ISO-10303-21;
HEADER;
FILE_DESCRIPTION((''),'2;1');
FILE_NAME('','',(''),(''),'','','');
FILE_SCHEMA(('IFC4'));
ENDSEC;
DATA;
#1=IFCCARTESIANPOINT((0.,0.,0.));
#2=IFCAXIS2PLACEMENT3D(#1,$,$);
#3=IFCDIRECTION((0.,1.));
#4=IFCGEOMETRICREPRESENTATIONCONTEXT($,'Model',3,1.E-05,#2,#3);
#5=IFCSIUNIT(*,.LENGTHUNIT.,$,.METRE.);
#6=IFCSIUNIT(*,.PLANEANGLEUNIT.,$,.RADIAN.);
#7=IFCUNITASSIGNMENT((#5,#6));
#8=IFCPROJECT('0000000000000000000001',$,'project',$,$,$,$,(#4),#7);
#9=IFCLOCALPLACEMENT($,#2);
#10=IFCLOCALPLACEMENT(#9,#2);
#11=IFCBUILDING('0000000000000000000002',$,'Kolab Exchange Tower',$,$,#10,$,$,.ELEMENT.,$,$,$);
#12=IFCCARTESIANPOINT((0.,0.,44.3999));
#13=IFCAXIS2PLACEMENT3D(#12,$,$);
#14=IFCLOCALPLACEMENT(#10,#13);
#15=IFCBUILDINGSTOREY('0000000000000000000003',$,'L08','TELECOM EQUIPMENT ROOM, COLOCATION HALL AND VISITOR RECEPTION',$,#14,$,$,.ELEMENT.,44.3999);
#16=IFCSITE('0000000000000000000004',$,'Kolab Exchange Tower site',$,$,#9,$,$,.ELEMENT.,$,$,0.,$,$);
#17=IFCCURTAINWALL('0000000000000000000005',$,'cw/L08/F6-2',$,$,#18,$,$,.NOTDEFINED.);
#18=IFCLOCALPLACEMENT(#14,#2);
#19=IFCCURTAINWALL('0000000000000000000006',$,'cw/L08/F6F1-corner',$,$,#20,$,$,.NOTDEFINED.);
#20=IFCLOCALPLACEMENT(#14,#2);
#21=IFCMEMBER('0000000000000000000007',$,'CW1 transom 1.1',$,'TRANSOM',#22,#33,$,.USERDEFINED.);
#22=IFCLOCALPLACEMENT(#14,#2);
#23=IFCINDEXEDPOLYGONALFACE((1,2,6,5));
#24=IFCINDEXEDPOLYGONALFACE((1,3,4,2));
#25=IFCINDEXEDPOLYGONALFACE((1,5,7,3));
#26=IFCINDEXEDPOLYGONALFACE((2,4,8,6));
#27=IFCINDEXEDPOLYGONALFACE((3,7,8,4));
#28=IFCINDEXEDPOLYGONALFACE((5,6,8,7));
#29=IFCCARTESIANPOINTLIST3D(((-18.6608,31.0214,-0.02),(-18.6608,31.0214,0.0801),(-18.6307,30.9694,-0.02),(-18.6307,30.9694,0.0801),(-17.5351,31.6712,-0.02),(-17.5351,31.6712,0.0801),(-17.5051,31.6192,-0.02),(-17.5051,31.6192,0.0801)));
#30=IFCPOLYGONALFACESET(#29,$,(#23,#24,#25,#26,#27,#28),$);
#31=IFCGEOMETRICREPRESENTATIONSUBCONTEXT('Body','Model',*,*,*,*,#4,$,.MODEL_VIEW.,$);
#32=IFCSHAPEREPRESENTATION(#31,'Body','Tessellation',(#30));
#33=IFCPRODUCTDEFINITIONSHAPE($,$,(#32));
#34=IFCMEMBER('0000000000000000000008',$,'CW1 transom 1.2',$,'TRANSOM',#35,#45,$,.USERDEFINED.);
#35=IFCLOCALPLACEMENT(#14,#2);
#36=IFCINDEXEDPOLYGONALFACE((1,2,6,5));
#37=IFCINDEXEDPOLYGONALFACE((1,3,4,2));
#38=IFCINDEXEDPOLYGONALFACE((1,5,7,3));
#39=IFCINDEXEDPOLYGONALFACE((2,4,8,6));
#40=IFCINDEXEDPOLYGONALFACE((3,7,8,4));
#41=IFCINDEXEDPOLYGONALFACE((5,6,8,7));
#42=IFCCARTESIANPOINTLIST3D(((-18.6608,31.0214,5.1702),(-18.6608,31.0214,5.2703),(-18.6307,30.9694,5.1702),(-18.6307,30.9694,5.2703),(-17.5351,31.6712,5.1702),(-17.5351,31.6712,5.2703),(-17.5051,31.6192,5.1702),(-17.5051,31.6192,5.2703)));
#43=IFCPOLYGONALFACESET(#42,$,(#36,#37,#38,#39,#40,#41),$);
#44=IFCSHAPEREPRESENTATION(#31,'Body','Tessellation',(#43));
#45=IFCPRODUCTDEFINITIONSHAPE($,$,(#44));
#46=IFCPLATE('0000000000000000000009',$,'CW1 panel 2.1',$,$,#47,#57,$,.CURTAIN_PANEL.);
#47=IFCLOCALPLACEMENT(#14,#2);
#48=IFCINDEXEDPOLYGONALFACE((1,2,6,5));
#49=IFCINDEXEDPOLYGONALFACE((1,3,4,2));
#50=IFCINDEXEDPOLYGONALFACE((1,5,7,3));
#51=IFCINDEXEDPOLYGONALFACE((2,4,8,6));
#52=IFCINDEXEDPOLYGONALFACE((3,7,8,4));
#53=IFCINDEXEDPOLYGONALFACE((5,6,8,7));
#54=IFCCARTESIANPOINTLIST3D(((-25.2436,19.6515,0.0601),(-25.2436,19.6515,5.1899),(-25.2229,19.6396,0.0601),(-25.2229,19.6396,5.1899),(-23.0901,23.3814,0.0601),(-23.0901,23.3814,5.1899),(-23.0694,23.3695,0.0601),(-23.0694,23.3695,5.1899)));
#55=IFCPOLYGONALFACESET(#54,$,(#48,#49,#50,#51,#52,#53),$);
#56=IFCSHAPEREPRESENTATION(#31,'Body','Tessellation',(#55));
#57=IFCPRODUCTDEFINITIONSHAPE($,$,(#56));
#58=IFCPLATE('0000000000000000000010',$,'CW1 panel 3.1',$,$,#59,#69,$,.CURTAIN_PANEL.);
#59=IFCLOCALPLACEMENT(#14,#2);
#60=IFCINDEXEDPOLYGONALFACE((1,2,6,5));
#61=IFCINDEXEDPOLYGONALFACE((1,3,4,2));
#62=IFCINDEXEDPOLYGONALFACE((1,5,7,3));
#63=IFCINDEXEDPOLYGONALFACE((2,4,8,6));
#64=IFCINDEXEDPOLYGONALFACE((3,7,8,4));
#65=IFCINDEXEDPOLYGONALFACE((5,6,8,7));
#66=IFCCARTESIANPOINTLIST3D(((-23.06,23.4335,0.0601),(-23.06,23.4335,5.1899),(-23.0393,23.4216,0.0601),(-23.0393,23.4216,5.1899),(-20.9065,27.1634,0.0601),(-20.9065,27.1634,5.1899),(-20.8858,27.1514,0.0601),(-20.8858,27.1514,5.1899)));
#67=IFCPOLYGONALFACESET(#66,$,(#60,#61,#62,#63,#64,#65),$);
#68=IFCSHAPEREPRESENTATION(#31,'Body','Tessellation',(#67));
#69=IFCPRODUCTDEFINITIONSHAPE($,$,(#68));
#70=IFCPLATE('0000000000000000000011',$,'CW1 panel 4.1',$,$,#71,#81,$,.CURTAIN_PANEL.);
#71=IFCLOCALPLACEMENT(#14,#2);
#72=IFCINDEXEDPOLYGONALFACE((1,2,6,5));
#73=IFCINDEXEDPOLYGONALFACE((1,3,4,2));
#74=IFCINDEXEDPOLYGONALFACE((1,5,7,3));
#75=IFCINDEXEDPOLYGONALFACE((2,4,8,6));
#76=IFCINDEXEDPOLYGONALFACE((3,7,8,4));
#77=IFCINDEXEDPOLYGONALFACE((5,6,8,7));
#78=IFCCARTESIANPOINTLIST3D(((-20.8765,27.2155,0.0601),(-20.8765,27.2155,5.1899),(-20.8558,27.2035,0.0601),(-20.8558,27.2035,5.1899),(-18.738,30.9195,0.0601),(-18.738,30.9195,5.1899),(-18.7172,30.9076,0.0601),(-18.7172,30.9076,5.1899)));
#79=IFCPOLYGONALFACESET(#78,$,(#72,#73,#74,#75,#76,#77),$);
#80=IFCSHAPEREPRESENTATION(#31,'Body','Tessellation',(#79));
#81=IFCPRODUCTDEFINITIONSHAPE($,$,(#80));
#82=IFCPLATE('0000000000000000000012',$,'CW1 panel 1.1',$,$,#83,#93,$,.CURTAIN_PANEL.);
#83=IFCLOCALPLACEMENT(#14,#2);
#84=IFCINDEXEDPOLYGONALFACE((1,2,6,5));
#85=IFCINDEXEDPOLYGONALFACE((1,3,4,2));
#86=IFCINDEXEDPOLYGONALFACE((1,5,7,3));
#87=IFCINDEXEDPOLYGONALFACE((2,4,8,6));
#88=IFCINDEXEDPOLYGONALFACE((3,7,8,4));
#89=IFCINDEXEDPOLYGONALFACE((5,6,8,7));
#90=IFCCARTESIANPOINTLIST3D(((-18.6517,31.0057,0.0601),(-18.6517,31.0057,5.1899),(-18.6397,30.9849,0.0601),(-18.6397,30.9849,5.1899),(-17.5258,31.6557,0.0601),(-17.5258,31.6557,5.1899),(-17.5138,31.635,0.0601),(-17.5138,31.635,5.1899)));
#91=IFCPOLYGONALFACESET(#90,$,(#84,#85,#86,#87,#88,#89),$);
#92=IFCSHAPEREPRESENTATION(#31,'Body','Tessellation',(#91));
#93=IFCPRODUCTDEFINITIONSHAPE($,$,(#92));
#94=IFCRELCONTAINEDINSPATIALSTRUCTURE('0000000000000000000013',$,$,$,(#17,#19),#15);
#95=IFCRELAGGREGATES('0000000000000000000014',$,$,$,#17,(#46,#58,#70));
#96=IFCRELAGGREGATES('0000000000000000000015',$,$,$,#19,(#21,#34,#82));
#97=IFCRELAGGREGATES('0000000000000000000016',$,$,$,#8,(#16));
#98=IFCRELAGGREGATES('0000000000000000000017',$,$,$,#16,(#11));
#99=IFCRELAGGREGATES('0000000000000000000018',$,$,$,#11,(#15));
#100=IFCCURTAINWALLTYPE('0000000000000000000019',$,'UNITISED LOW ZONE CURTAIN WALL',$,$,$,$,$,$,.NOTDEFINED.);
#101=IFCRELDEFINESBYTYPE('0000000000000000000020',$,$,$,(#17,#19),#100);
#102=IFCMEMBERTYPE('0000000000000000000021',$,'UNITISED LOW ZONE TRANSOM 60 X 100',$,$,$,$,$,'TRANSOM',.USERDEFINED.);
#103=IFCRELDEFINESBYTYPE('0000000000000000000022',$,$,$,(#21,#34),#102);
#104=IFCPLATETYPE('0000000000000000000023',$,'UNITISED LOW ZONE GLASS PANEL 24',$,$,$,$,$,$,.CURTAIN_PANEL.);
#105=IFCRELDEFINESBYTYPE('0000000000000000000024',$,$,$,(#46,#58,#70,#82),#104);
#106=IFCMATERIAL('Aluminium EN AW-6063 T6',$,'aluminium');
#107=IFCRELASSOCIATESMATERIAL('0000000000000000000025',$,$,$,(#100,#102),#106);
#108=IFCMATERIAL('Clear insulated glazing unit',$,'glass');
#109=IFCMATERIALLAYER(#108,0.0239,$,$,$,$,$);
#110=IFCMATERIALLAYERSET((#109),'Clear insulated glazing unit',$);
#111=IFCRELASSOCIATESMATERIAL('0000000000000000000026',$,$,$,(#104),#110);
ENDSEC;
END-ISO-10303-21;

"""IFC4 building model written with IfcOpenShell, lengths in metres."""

from ifc_helpers import new_model, si_unit, direction, frame, origin, origin_2d, place, context, subcontext, project, spatial, rectangle, extrude, material, layer, layer_set, material_profile, profile_set, type_object, element, aggregate, save


model = new_model("IFC4")

# Units and contexts
model_context = context("Model", 3, precision=1e-05, world=origin(), true_north=direction((0.0, 1.0)))
body_context = subcontext(model_context, "Body", "Model", "MODEL_VIEW")
ifc_project = project(units=[si_unit("LENGTHUNIT", "METRE"), si_unit("PLANEANGLEUNIT", "RADIAN")], contexts=[model_context])

# Site, building, storey
site_placement = place(None, origin())
site = spatial("IfcSite", under=ifc_project, at=site_placement, Name="Kolab Exchange Tower site", CompositionType="ELEMENT", RefElevation=0.0)
building_placement = place(site_placement, origin())
building = spatial("IfcBuilding", under=site, at=building_placement, Name="Kolab Exchange Tower", CompositionType="ELEMENT")
storey_placement = place(building_placement, frame((0.0, 0.0, 44.3999)))
storey = spatial("IfcBuildingStorey", under=building, at=storey_placement, Name="L08", Description="TELECOM EQUIPMENT ROOM, COLOCATION HALL AND VISITOR RECEPTION", CompositionType="ELEMENT", Elevation=44.3999)

# Curtain wall
ifc_material_1 = material(Name="Aluminium EN AW-6063 T6", Category="aluminium")
curtain_wall_type = type_object("IfcCurtainWallType", Name="UNITISED LOW ZONE CURTAIN WALL", PredefinedType="NOTDEFINED", material=ifc_material_1)
curtain_wall_1_placement = place(storey_placement, origin())
curtain_wall_1 = element("IfcCurtainWall", 1, at=curtain_wall_1_placement, inside=storey, type_object=curtain_wall_type, Name="cw/L08/F6-2", PredefinedType="NOTDEFINED")

# Curtain wall
curtain_wall_2_placement = place(storey_placement, origin())
curtain_wall_2 = element("IfcCurtainWall", 2, at=curtain_wall_2_placement, inside=storey, type_object=curtain_wall_type, Name="cw/L08/F6F1-corner", PredefinedType="NOTDEFINED")

# Members
ifc_material_profile_1 = material_profile(ifc_material_1, rectangle(XDim=0.0601, YDim=0.1001, at=origin_2d()), Name="RECT 60X100")
ifc_profile_set_1 = profile_set([ifc_material_profile_1], Name="Aluminium EN AW-6063 T6")
member_type_1 = type_object("IfcMemberType", Name="UNITISED LOW ZONE TRANSOM 60 X 100", ElementType="TRANSOM", PredefinedType="USERDEFINED", material=ifc_profile_set_1)
member_1_placement = place(storey_placement, frame((-18.6458, 30.9954, 0.03), z_axis=(0.866039, 0.499977, 0.0), x_axis=(-0.499977, 0.866039, 0.0)))
member_1 = element("IfcMember", 3, at=member_1_placement, type_object=member_type_1, Name="CW1 transom 1.1", ObjectType="TRANSOM", PredefinedType="USERDEFINED", context=body_context, shape_type="SweptSolid", body=[
    extrude(rectangle(XDim=0.0601, YDim=0.1001, at=origin_2d()), origin(), (0.0, 0.0, 1.0), 1.2998),
])
member_2_placement = place(storey_placement, frame((-18.6458, 30.9954, 5.2202), z_axis=(0.866039, 0.499977, 0.0), x_axis=(-0.499977, 0.866039, 0.0)))
member_2 = element("IfcMember", 4, at=member_2_placement, type_object=member_type_1, Name="CW1 transom 1.2", ObjectType="TRANSOM", PredefinedType="USERDEFINED", context=body_context, shape_type="SweptSolid", body=[
    extrude(rectangle(XDim=0.0601, YDim=0.1001, at=origin_2d()), origin(), (0.0, 0.0, 1.0), 1.2998),
])

# Plates
ifc_material_2 = material(Name="Clear insulated glazing unit", Category="glass")
ifc_layer = layer(ifc_material_2, 0.0239)
ifc_layer_set = layer_set([ifc_layer], Name="Clear insulated glazing unit")
plate_type = type_object("IfcPlateType", Name="UNITISED LOW ZONE GLASS PANEL 24", PredefinedType="CURTAIN_PANEL", material=ifc_layer_set)
plate_1_placement = place(storey_placement, frame((-24.1565, 21.5105, 0.0601), z_axis=(0.0, 0.0, 1.0), x_axis=(0.5, 0.866025, 0.0)))
plate_1 = element("IfcPlate", 5, at=plate_1_placement, type_object=plate_type, Name="CW1 panel 2.1", PredefinedType="CURTAIN_PANEL", context=body_context, shape_type="SweptSolid", body=[
    extrude(rectangle(XDim=4.3069, YDim=0.0239, at=origin_2d()), origin(), (0.0, 0.0, 1.0), 5.1299),
])
plate_2_placement = place(storey_placement, frame((-21.9729, 25.2925, 0.0601), z_axis=(0.0, 0.0, 1.0), x_axis=(0.5, 0.866025, 0.0)))
plate_2 = element("IfcPlate", 6, at=plate_2_placement, type_object=plate_type, Name="CW1 panel 3.1", PredefinedType="CURTAIN_PANEL", context=body_context, shape_type="SweptSolid", body=[
    extrude(rectangle(XDim=4.3069, YDim=0.0239, at=origin_2d()), origin(), (0.0, 0.0, 1.0), 5.1299),
])
plate_3_placement = place(storey_placement, frame((-19.7969, 29.0615, 0.0601), z_axis=(0.0, 0.0, 1.0), x_axis=(0.5, 0.866025, 0.0)))
plate_3 = element("IfcPlate", 7, at=plate_3_placement, type_object=plate_type, Name="CW1 panel 4.1", PredefinedType="CURTAIN_PANEL", context=body_context, shape_type="SweptSolid", body=[
    extrude(rectangle(XDim=4.2771, YDim=0.0239, at=origin_2d()), origin(), (0.0, 0.0, 1.0), 5.1299),
])
aggregate(curtain_wall_1, [plate_1, plate_2, plate_3])
plate_4_placement = place(storey_placement, frame((-18.0828, 31.3203, 0.0601), z_axis=(0.0, 0.0, 1.0), x_axis=(0.866025, 0.5, 0.0)))
plate_4 = element("IfcPlate", 8, at=plate_4_placement, type_object=plate_type, Name="CW1 panel 1.1", PredefinedType="CURTAIN_PANEL", context=body_context, shape_type="SweptSolid", body=[
    extrude(rectangle(XDim=1.3, YDim=0.0239, at=origin_2d()), origin(), (0.0, 0.0, 1.0), 5.1299),
])
aggregate(curtain_wall_2, [member_1, member_2, plate_4])

save(model, "model.ifc")
